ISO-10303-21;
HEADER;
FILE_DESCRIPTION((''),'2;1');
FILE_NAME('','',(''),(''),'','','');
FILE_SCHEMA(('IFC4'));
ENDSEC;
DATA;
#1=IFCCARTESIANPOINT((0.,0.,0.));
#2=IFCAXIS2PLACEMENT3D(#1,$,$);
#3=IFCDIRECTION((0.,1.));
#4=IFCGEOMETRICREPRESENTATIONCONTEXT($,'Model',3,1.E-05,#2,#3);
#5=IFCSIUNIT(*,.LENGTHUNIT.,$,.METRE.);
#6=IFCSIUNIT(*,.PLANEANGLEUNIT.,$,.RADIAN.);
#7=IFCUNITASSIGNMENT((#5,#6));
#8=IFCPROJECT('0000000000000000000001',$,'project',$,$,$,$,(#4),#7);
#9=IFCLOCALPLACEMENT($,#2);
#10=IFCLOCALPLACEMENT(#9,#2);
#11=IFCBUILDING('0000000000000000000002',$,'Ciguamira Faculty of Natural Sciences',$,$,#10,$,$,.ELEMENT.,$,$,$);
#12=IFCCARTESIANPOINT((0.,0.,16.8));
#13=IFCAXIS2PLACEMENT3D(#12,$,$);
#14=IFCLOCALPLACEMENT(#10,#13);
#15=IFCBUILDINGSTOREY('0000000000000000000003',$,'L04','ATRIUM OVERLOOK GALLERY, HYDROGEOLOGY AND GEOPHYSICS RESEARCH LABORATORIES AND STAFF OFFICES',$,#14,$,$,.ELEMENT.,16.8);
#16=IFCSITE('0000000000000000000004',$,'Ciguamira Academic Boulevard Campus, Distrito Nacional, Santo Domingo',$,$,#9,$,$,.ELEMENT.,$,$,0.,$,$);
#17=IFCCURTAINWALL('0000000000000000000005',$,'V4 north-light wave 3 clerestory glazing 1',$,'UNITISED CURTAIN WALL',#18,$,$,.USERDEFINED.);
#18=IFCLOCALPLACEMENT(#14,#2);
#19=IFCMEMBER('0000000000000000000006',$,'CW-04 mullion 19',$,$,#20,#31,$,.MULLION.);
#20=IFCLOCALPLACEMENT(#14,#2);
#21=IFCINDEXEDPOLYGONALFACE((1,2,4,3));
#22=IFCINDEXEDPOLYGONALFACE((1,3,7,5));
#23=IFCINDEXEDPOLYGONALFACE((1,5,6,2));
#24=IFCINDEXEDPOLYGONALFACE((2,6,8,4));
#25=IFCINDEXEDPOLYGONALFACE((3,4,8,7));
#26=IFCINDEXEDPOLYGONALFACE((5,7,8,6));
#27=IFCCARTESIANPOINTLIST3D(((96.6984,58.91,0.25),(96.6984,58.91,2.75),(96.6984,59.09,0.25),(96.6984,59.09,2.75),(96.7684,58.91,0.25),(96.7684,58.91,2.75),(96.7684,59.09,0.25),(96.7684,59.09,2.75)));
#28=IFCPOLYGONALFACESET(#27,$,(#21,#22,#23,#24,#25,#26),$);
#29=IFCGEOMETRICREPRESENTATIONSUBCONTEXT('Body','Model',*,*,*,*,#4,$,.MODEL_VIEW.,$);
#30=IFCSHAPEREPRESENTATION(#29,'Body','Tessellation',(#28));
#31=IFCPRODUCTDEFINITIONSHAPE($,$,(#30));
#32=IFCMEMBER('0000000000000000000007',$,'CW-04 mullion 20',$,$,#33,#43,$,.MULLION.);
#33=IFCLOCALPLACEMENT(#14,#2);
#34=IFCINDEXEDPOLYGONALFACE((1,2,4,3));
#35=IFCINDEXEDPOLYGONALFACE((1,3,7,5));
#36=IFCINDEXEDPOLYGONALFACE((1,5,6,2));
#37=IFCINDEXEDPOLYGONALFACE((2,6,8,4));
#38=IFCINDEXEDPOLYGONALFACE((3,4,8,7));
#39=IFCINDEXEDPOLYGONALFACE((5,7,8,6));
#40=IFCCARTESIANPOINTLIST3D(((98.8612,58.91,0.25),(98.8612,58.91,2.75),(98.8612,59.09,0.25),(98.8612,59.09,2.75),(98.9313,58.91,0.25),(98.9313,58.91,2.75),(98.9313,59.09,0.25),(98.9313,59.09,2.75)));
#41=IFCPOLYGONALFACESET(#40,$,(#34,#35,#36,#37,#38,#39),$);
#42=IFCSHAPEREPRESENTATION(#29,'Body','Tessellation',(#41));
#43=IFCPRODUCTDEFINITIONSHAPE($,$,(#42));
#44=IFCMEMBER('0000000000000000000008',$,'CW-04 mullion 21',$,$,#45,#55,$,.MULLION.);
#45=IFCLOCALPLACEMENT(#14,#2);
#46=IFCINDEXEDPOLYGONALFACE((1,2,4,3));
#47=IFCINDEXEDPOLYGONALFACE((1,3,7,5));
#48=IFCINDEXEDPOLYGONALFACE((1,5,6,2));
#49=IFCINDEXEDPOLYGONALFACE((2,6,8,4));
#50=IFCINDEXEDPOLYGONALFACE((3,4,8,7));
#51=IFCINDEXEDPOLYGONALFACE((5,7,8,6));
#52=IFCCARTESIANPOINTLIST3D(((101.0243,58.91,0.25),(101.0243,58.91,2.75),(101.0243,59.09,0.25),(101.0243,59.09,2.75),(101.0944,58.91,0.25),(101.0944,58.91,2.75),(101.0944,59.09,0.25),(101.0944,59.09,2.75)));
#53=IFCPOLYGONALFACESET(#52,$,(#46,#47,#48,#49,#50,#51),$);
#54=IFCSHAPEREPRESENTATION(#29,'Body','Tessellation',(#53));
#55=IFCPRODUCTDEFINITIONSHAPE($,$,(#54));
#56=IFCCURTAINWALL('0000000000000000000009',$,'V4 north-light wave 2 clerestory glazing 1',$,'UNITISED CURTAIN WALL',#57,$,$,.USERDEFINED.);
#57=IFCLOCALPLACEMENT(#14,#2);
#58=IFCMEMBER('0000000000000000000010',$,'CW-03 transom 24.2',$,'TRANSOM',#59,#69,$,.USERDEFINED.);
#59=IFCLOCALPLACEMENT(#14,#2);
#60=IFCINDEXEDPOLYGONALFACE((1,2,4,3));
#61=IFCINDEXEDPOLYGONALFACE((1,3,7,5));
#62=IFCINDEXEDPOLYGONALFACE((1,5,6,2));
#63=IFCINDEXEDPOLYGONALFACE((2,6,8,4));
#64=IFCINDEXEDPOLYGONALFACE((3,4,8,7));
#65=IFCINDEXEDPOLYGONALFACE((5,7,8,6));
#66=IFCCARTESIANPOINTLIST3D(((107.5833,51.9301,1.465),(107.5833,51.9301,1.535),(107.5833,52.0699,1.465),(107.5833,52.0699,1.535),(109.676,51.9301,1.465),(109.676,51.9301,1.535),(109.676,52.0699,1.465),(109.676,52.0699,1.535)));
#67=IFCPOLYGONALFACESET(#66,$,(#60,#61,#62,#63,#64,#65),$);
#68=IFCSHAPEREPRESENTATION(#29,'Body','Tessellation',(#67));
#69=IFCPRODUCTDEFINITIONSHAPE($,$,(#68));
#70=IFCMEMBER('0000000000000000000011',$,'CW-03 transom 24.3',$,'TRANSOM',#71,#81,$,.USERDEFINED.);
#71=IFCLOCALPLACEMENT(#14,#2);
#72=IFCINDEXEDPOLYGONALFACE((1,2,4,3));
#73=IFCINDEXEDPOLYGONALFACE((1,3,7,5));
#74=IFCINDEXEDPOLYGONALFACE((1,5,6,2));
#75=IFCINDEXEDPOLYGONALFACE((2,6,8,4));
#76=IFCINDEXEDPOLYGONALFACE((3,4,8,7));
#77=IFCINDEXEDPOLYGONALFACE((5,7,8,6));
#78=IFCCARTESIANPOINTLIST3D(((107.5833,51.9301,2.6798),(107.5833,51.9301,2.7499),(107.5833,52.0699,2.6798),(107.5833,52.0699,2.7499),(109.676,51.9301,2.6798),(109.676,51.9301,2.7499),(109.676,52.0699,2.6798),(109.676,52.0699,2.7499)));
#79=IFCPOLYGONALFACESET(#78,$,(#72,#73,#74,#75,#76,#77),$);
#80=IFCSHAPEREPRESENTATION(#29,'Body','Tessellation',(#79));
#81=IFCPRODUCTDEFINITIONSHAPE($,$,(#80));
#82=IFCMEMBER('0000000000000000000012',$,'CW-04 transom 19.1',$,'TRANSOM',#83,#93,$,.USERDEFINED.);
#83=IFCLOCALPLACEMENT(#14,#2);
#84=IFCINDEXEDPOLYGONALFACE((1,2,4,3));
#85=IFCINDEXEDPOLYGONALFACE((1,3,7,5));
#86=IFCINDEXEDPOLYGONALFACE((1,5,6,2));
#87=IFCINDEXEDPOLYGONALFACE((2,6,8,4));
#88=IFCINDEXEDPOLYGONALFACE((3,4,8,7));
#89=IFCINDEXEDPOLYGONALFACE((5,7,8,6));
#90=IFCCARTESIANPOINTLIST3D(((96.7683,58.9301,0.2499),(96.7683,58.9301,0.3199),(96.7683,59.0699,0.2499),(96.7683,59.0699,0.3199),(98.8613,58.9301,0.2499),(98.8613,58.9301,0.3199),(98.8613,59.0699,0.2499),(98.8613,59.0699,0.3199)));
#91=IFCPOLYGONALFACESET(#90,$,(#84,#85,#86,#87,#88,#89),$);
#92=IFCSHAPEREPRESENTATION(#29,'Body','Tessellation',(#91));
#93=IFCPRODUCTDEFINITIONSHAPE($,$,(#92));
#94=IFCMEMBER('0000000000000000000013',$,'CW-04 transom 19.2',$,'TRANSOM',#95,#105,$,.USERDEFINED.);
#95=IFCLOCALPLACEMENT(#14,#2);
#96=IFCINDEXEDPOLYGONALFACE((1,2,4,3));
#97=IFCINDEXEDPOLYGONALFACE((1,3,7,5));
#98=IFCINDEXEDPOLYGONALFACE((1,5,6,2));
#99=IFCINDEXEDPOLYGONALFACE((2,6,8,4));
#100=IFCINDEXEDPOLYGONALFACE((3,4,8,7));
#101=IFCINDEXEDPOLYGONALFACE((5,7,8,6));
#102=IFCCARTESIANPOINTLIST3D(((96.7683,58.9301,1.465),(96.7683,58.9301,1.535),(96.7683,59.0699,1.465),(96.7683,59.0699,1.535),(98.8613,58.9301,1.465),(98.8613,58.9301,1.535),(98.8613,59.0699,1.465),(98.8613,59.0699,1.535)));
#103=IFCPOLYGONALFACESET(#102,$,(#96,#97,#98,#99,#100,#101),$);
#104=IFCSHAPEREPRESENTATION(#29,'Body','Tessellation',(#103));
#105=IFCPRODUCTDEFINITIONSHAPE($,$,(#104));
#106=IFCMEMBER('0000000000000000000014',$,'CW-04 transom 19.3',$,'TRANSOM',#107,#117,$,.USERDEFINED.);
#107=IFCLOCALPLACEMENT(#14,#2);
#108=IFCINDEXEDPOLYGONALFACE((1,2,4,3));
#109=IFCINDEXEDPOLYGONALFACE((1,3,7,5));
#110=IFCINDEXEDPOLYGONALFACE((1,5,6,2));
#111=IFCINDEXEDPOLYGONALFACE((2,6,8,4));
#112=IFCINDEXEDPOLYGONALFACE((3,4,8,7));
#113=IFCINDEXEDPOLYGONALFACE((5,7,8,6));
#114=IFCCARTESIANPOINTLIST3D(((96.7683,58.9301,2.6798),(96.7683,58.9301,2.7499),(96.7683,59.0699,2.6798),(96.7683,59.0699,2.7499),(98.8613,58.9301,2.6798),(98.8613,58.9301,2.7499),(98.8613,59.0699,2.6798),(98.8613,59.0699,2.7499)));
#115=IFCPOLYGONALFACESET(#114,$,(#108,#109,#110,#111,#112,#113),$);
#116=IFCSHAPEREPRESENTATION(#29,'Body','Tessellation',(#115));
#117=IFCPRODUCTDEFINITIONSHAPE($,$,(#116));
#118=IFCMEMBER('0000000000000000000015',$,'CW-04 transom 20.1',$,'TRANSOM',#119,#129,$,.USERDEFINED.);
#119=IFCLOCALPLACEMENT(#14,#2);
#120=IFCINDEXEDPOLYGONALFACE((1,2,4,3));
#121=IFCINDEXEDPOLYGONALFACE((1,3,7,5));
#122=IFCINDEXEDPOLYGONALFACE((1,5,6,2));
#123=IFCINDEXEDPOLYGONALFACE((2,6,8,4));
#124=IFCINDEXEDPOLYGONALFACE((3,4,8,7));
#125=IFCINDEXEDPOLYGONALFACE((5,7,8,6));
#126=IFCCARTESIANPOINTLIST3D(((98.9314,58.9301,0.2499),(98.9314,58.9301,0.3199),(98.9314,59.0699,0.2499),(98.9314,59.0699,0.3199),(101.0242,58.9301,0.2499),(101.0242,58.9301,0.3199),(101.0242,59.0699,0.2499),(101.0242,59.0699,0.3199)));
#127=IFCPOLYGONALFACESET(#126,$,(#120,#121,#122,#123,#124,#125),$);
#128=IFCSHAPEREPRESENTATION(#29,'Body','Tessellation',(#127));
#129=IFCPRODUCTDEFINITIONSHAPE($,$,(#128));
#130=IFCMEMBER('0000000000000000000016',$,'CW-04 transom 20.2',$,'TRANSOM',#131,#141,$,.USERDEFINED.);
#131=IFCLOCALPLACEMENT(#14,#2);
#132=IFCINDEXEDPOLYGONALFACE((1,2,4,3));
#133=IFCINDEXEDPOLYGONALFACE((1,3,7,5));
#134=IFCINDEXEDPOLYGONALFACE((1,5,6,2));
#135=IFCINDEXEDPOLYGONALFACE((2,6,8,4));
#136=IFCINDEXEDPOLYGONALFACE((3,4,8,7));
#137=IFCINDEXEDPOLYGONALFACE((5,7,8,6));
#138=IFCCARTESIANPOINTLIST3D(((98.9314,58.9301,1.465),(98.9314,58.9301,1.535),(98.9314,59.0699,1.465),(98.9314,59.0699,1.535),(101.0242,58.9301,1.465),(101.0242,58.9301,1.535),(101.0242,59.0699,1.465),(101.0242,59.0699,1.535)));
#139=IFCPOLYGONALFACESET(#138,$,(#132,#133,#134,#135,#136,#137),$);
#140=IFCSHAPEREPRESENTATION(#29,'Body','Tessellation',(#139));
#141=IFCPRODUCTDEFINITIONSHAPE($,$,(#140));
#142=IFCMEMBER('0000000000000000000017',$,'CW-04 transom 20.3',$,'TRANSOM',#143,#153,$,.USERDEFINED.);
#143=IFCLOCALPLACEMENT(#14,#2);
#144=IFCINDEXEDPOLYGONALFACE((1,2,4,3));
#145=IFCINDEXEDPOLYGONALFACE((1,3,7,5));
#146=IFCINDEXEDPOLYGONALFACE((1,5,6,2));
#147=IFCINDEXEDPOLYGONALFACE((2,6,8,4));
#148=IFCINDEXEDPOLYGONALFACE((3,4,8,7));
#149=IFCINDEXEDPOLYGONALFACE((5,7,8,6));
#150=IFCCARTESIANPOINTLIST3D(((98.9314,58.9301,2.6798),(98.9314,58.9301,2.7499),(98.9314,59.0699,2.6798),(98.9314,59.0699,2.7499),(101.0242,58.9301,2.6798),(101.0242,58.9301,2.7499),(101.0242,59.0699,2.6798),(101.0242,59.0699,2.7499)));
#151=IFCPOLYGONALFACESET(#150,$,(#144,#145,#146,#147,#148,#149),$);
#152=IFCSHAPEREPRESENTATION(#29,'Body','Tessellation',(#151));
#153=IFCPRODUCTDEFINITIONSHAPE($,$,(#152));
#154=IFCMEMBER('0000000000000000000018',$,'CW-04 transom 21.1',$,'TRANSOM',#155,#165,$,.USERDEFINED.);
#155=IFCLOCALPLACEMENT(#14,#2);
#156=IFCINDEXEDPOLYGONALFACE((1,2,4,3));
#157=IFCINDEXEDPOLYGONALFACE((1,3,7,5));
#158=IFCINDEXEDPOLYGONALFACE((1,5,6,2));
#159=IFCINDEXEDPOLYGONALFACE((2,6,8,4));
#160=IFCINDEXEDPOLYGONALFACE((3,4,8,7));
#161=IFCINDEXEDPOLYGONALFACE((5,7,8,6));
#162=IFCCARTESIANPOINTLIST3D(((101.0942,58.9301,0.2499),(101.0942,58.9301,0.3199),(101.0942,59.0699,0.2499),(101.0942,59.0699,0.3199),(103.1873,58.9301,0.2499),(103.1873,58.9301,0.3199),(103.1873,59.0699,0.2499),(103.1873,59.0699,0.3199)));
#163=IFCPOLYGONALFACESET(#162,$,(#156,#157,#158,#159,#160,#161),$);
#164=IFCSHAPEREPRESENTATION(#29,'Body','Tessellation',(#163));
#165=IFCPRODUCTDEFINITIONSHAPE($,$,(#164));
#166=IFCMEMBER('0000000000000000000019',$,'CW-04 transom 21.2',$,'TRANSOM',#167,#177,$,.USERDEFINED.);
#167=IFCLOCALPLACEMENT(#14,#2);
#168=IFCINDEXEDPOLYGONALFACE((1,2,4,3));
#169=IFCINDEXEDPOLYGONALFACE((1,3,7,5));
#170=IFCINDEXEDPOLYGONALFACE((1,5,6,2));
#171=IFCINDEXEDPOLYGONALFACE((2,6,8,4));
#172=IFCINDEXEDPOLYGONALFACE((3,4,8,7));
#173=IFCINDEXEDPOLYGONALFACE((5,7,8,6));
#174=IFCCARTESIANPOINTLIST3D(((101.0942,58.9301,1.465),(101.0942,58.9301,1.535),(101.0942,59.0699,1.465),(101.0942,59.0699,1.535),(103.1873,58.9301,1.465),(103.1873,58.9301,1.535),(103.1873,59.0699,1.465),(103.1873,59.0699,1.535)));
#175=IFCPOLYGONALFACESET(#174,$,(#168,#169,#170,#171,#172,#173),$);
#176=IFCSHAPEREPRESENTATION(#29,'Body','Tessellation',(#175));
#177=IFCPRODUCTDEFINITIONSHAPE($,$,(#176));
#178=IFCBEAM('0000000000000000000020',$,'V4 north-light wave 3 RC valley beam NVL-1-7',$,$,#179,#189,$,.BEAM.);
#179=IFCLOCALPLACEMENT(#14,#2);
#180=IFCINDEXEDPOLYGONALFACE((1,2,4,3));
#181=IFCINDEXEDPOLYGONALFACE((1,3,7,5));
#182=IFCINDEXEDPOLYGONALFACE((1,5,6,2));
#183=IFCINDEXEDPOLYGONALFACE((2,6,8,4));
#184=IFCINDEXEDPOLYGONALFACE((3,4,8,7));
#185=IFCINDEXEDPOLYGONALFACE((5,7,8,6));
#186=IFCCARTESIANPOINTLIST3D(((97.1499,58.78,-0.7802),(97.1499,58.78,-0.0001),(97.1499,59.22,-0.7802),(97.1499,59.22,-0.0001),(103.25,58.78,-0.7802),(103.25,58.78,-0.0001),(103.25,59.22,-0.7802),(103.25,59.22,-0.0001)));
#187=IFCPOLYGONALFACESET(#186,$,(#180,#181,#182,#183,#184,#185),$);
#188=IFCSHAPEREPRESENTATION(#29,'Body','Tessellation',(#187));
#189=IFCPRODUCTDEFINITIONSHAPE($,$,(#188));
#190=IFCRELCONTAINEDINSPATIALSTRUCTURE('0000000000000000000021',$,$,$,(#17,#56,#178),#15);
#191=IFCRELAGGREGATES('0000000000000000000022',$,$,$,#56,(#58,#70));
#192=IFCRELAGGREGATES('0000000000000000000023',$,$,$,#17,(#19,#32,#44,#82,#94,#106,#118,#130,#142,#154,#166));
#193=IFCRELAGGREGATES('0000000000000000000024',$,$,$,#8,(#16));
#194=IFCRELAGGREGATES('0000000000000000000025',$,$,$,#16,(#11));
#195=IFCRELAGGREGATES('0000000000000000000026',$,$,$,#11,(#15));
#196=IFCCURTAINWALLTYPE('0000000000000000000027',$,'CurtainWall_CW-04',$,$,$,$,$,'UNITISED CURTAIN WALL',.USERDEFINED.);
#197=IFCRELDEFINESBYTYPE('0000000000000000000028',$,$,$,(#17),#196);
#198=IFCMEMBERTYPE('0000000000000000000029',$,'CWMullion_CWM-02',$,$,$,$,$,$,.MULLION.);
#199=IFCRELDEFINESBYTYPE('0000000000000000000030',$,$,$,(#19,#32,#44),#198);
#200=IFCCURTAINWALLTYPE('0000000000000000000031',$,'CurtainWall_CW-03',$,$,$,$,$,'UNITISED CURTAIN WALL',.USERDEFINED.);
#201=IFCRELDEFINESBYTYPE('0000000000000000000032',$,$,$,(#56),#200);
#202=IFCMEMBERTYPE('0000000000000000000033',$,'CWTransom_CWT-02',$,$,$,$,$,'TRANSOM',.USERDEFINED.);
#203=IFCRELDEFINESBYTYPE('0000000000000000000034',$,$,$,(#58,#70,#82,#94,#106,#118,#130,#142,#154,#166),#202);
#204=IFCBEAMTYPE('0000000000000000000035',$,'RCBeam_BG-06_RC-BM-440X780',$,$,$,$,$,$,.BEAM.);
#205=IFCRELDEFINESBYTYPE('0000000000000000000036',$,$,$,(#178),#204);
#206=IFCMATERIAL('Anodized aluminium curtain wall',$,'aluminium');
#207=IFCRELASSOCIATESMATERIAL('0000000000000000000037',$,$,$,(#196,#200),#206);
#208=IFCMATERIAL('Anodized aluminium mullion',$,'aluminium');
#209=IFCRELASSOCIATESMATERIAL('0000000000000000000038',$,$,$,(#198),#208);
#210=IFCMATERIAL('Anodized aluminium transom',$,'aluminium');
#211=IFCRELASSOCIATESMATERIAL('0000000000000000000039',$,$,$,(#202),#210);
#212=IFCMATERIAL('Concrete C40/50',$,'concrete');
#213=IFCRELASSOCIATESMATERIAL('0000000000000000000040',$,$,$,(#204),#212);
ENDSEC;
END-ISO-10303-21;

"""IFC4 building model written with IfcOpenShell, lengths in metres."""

from ifc_helpers import new_model, si_unit, direction, frame, origin, origin_2d, place, context, subcontext, project, spatial, rectangle, extrude, material, material_profile, profile_set, type_object, element, aggregate, save


model = new_model("IFC4")

# Units and contexts
model_context = context("Model", 3, precision=1e-05, world=origin(), true_north=direction((0.0, 1.0)))
body_context = subcontext(model_context, "Body", "Model", "MODEL_VIEW")
ifc_project = project(units=[si_unit("LENGTHUNIT", "METRE"), si_unit("PLANEANGLEUNIT", "RADIAN")], contexts=[model_context])

# Site, building, storey
site_placement = place(None, origin())
site = spatial("IfcSite", under=ifc_project, at=site_placement, Name="Ciguamira Academic Boulevard Campus, Distrito Nacional, Santo Domingo", CompositionType="ELEMENT", RefElevation=0.0)
building_placement = place(site_placement, origin())
building = spatial("IfcBuilding", under=site, at=building_placement, Name="Ciguamira Faculty of Natural Sciences", CompositionType="ELEMENT")
storey_placement = place(building_placement, frame((0.0, 0.0, 16.8)))
storey = spatial("IfcBuildingStorey", under=building, at=storey_placement, Name="L04", Description="ATRIUM OVERLOOK GALLERY, HYDROGEOLOGY AND GEOPHYSICS RESEARCH LABORATORIES AND STAFF OFFICES", CompositionType="ELEMENT", Elevation=16.8)

# Curtain walls, members
ifc_material_1 = material(Name="Anodized aluminium curtain wall", Category="aluminium")
curtain_wall_type_1 = type_object("IfcCurtainWallType", Name="CurtainWall_CW-04", ElementType="UNITISED CURTAIN WALL", PredefinedType="USERDEFINED", material=ifc_material_1)
curtain_wall_1_placement = place(storey_placement, origin())
curtain_wall_1 = element("IfcCurtainWall", 1, at=curtain_wall_1_placement, inside=storey, type_object=curtain_wall_type_1, Name="V4 north-light wave 3 clerestory glazing 1", ObjectType="UNITISED CURTAIN WALL", PredefinedType="USERDEFINED")
ifc_material_2 = material(Name="Anodized aluminium mullion", Category="aluminium")
ifc_material_profile_1 = material_profile(ifc_material_2, rectangle(XDim=0.0701, YDim=0.1799, at=origin_2d()), Name="ALU-MUL-70X180")
ifc_profile_set_1 = profile_set([ifc_material_profile_1], Name="Anodized aluminium mullion")
member_type_1 = type_object("IfcMemberType", Name="CWMullion_CWM-02", PredefinedType="MULLION", material=ifc_profile_set_1)
member_1_placement = place(storey_placement, frame((96.7334, 59.0, 0.25), z_axis=(0.0, 0.0, 1.0), x_axis=(1.0, 0.0, 0.0)))
member_1 = element("IfcMember", 2, at=member_1_placement, type_object=member_type_1, Name="CW-04 mullion 19", PredefinedType="MULLION", context=body_context, shape_type="SweptSolid", body=[
    extrude(rectangle(XDim=0.0701, YDim=0.1799, at=origin_2d()), origin(), (0.0, 0.0, 1.0), 2.5),
])
member_2_placement = place(storey_placement, frame((98.8962, 59.0, 0.25), z_axis=(0.0, 0.0, 1.0), x_axis=(1.0, 0.0, 0.0)))
member_2 = element("IfcMember", 3, at=member_2_placement, type_object=member_type_1, Name="CW-04 mullion 20", PredefinedType="MULLION", context=body_context, shape_type="SweptSolid", body=[
    extrude(rectangle(XDim=0.0701, YDim=0.1799, at=origin_2d()), origin(), (0.0, 0.0, 1.0), 2.5),
])
member_3_placement = place(storey_placement, frame((101.0593, 59.0, 0.25), z_axis=(0.0, 0.0, 1.0), x_axis=(1.0, 0.0, 0.0)))
member_3 = element("IfcMember", 4, at=member_3_placement, type_object=member_type_1, Name="CW-04 mullion 21", PredefinedType="MULLION", context=body_context, shape_type="SweptSolid", body=[
    extrude(rectangle(XDim=0.0701, YDim=0.1799, at=origin_2d()), origin(), (0.0, 0.0, 1.0), 2.5),
])
curtain_wall_type_2 = type_object("IfcCurtainWallType", Name="CurtainWall_CW-03", ElementType="UNITISED CURTAIN WALL", PredefinedType="USERDEFINED", material=ifc_material_1)
curtain_wall_2_placement = place(storey_placement, origin())
curtain_wall_2 = element("IfcCurtainWall", 5, at=curtain_wall_2_placement, inside=storey, type_object=curtain_wall_type_2, Name="V4 north-light wave 2 clerestory glazing 1", ObjectType="UNITISED CURTAIN WALL", PredefinedType="USERDEFINED")
ifc_material_3 = material(Name="Anodized aluminium transom", Category="aluminium")
ifc_material_profile_2 = material_profile(ifc_material_3, rectangle(XDim=0.0701, YDim=0.1399, at=origin_2d()), Name="ALU-TRN-70X140")
ifc_profile_set_2 = profile_set([ifc_material_profile_2], Name="Anodized aluminium transom")
member_type_2 = type_object("IfcMemberType", Name="CWTransom_CWT-02", ElementType="TRANSOM", PredefinedType="USERDEFINED", material=ifc_profile_set_2)
member_4_placement = place(storey_placement, frame((107.5833, 52.0, 1.5), z_axis=(1.0, 0.0, 0.0), x_axis=(0.0, 0.0, 1.0)))
member_4 = element("IfcMember", 6, at=member_4_placement, type_object=member_type_2, Name="CW-03 transom 24.2", ObjectType="TRANSOM", PredefinedType="USERDEFINED", context=body_context, shape_type="SweptSolid", body=[
    extrude(rectangle(XDim=0.0701, YDim=0.1399, at=origin_2d()), origin(), (0.0, 0.0, 1.0), 2.0928),
])
member_5_placement = place(storey_placement, frame((107.5833, 52.0, 2.7148), z_axis=(1.0, 0.0, 0.0), x_axis=(0.0, 0.0, 1.0)))
member_5 = element("IfcMember", 7, at=member_5_placement, type_object=member_type_2, Name="CW-03 transom 24.3", ObjectType="TRANSOM", PredefinedType="USERDEFINED", context=body_context, shape_type="SweptSolid", body=[
    extrude(rectangle(XDim=0.0701, YDim=0.1399, at=origin_2d()), origin(), (0.0, 0.0, 1.0), 2.0928),
])
aggregate(curtain_wall_2, [member_4, member_5])

# Members
member_6_placement = place(storey_placement, frame((96.7683, 59.0, 0.2849), z_axis=(1.0, 0.0, 0.0), x_axis=(0.0, 0.0, 1.0)))
member_6 = element("IfcMember", 8, at=member_6_placement, type_object=member_type_2, Name="CW-04 transom 19.1", ObjectType="TRANSOM", PredefinedType="USERDEFINED", context=body_context, shape_type="SweptSolid", body=[
    extrude(rectangle(XDim=0.0701, YDim=0.1399, at=origin_2d()), origin(), (0.0, 0.0, 1.0), 2.093),
])
member_7_placement = place(storey_placement, frame((96.7683, 59.0, 1.5), z_axis=(1.0, 0.0, 0.0), x_axis=(0.0, 0.0, 1.0)))
member_7 = element("IfcMember", 9, at=member_7_placement, type_object=member_type_2, Name="CW-04 transom 19.2", ObjectType="TRANSOM", PredefinedType="USERDEFINED", context=body_context, shape_type="SweptSolid", body=[
    extrude(rectangle(XDim=0.0701, YDim=0.1399, at=origin_2d()), origin(), (0.0, 0.0, 1.0), 2.093),
])
member_8_placement = place(storey_placement, frame((96.7683, 59.0, 2.7148), z_axis=(1.0, 0.0, 0.0), x_axis=(0.0, 0.0, 1.0)))
member_8 = element("IfcMember", 10, at=member_8_placement, type_object=member_type_2, Name="CW-04 transom 19.3", ObjectType="TRANSOM", PredefinedType="USERDEFINED", context=body_context, shape_type="SweptSolid", body=[
    extrude(rectangle(XDim=0.0701, YDim=0.1399, at=origin_2d()), origin(), (0.0, 0.0, 1.0), 2.093),
])
member_9_placement = place(storey_placement, frame((98.9314, 59.0, 0.2849), z_axis=(1.0, 0.0, 0.0), x_axis=(0.0, 0.0, 1.0)))
member_9 = element("IfcMember", 11, at=member_9_placement, type_object=member_type_2, Name="CW-04 transom 20.1", ObjectType="TRANSOM", PredefinedType="USERDEFINED", context=body_context, shape_type="SweptSolid", body=[
    extrude(rectangle(XDim=0.0701, YDim=0.1399, at=origin_2d()), origin(), (0.0, 0.0, 1.0), 2.0928),
])
member_10_placement = place(storey_placement, frame((98.9314, 59.0, 1.5), z_axis=(1.0, 0.0, 0.0), x_axis=(0.0, 0.0, 1.0)))
member_10 = element("IfcMember", 12, at=member_10_placement, type_object=member_type_2, Name="CW-04 transom 20.2", ObjectType="TRANSOM", PredefinedType="USERDEFINED", context=body_context, shape_type="SweptSolid", body=[
    extrude(rectangle(XDim=0.0701, YDim=0.1399, at=origin_2d()), origin(), (0.0, 0.0, 1.0), 2.0928),
])
member_11_placement = place(storey_placement, frame((98.9314, 59.0, 2.7148), z_axis=(1.0, 0.0, 0.0), x_axis=(0.0, 0.0, 1.0)))
member_11 = element("IfcMember", 13, at=member_11_placement, type_object=member_type_2, Name="CW-04 transom 20.3", ObjectType="TRANSOM", PredefinedType="USERDEFINED", context=body_context, shape_type="SweptSolid", body=[
    extrude(rectangle(XDim=0.0701, YDim=0.1399, at=origin_2d()), origin(), (0.0, 0.0, 1.0), 2.0928),
])
member_12_placement = place(storey_placement, frame((101.0942, 59.0, 0.2849), z_axis=(1.0, 0.0, 0.0), x_axis=(0.0, 0.0, 1.0)))
member_12 = element("IfcMember", 14, at=member_12_placement, type_object=member_type_2, Name="CW-04 transom 21.1", ObjectType="TRANSOM", PredefinedType="USERDEFINED", context=body_context, shape_type="SweptSolid", body=[
    extrude(rectangle(XDim=0.0701, YDim=0.1399, at=origin_2d()), origin(), (0.0, 0.0, 1.0), 2.093),
])
member_13_placement = place(storey_placement, frame((101.0942, 59.0, 1.5), z_axis=(1.0, 0.0, 0.0), x_axis=(0.0, 0.0, 1.0)))
member_13 = element("IfcMember", 15, at=member_13_placement, type_object=member_type_2, Name="CW-04 transom 21.2", ObjectType="TRANSOM", PredefinedType="USERDEFINED", context=body_context, shape_type="SweptSolid", body=[
    extrude(rectangle(XDim=0.0701, YDim=0.1399, at=origin_2d()), origin(), (0.0, 0.0, 1.0), 2.093),
])

# Beam
ifc_material_4 = material(Name="Concrete C40/50", Category="concrete")
ifc_material_profile_3 = material_profile(ifc_material_4, rectangle(XDim=0.4399, YDim=0.78, at=origin_2d()), Name="RC-BM-440X780")
ifc_profile_set_3 = profile_set([ifc_material_profile_3], Name="Concrete C40/50")
beam_type = type_object("IfcBeamType", Name="RCBeam_BG-06_RC-BM-440X780", PredefinedType="BEAM", material=ifc_profile_set_3)
beam_placement = place(storey_placement, frame((97.1499, 59.0, -0.3901), z_axis=(1.0, 0.0, 0.0), x_axis=(0.0, 1.0, 0.0)))
element("IfcBeam", 16, at=beam_placement, inside=storey, type_object=beam_type, Name="V4 north-light wave 3 RC valley beam NVL-1-7", PredefinedType="BEAM", context=body_context, shape_type="SweptSolid", body=[
    extrude(rectangle(XDim=0.4399, YDim=0.78, at=origin_2d()), origin(), (0.0, 0.0, 1.0), 6.1001),
])

aggregate(curtain_wall_1, [member_1, member_2, member_3, member_6, member_7, member_8, member_9, member_10, member_11, member_12, member_13])

save(model, "model.ifc")
